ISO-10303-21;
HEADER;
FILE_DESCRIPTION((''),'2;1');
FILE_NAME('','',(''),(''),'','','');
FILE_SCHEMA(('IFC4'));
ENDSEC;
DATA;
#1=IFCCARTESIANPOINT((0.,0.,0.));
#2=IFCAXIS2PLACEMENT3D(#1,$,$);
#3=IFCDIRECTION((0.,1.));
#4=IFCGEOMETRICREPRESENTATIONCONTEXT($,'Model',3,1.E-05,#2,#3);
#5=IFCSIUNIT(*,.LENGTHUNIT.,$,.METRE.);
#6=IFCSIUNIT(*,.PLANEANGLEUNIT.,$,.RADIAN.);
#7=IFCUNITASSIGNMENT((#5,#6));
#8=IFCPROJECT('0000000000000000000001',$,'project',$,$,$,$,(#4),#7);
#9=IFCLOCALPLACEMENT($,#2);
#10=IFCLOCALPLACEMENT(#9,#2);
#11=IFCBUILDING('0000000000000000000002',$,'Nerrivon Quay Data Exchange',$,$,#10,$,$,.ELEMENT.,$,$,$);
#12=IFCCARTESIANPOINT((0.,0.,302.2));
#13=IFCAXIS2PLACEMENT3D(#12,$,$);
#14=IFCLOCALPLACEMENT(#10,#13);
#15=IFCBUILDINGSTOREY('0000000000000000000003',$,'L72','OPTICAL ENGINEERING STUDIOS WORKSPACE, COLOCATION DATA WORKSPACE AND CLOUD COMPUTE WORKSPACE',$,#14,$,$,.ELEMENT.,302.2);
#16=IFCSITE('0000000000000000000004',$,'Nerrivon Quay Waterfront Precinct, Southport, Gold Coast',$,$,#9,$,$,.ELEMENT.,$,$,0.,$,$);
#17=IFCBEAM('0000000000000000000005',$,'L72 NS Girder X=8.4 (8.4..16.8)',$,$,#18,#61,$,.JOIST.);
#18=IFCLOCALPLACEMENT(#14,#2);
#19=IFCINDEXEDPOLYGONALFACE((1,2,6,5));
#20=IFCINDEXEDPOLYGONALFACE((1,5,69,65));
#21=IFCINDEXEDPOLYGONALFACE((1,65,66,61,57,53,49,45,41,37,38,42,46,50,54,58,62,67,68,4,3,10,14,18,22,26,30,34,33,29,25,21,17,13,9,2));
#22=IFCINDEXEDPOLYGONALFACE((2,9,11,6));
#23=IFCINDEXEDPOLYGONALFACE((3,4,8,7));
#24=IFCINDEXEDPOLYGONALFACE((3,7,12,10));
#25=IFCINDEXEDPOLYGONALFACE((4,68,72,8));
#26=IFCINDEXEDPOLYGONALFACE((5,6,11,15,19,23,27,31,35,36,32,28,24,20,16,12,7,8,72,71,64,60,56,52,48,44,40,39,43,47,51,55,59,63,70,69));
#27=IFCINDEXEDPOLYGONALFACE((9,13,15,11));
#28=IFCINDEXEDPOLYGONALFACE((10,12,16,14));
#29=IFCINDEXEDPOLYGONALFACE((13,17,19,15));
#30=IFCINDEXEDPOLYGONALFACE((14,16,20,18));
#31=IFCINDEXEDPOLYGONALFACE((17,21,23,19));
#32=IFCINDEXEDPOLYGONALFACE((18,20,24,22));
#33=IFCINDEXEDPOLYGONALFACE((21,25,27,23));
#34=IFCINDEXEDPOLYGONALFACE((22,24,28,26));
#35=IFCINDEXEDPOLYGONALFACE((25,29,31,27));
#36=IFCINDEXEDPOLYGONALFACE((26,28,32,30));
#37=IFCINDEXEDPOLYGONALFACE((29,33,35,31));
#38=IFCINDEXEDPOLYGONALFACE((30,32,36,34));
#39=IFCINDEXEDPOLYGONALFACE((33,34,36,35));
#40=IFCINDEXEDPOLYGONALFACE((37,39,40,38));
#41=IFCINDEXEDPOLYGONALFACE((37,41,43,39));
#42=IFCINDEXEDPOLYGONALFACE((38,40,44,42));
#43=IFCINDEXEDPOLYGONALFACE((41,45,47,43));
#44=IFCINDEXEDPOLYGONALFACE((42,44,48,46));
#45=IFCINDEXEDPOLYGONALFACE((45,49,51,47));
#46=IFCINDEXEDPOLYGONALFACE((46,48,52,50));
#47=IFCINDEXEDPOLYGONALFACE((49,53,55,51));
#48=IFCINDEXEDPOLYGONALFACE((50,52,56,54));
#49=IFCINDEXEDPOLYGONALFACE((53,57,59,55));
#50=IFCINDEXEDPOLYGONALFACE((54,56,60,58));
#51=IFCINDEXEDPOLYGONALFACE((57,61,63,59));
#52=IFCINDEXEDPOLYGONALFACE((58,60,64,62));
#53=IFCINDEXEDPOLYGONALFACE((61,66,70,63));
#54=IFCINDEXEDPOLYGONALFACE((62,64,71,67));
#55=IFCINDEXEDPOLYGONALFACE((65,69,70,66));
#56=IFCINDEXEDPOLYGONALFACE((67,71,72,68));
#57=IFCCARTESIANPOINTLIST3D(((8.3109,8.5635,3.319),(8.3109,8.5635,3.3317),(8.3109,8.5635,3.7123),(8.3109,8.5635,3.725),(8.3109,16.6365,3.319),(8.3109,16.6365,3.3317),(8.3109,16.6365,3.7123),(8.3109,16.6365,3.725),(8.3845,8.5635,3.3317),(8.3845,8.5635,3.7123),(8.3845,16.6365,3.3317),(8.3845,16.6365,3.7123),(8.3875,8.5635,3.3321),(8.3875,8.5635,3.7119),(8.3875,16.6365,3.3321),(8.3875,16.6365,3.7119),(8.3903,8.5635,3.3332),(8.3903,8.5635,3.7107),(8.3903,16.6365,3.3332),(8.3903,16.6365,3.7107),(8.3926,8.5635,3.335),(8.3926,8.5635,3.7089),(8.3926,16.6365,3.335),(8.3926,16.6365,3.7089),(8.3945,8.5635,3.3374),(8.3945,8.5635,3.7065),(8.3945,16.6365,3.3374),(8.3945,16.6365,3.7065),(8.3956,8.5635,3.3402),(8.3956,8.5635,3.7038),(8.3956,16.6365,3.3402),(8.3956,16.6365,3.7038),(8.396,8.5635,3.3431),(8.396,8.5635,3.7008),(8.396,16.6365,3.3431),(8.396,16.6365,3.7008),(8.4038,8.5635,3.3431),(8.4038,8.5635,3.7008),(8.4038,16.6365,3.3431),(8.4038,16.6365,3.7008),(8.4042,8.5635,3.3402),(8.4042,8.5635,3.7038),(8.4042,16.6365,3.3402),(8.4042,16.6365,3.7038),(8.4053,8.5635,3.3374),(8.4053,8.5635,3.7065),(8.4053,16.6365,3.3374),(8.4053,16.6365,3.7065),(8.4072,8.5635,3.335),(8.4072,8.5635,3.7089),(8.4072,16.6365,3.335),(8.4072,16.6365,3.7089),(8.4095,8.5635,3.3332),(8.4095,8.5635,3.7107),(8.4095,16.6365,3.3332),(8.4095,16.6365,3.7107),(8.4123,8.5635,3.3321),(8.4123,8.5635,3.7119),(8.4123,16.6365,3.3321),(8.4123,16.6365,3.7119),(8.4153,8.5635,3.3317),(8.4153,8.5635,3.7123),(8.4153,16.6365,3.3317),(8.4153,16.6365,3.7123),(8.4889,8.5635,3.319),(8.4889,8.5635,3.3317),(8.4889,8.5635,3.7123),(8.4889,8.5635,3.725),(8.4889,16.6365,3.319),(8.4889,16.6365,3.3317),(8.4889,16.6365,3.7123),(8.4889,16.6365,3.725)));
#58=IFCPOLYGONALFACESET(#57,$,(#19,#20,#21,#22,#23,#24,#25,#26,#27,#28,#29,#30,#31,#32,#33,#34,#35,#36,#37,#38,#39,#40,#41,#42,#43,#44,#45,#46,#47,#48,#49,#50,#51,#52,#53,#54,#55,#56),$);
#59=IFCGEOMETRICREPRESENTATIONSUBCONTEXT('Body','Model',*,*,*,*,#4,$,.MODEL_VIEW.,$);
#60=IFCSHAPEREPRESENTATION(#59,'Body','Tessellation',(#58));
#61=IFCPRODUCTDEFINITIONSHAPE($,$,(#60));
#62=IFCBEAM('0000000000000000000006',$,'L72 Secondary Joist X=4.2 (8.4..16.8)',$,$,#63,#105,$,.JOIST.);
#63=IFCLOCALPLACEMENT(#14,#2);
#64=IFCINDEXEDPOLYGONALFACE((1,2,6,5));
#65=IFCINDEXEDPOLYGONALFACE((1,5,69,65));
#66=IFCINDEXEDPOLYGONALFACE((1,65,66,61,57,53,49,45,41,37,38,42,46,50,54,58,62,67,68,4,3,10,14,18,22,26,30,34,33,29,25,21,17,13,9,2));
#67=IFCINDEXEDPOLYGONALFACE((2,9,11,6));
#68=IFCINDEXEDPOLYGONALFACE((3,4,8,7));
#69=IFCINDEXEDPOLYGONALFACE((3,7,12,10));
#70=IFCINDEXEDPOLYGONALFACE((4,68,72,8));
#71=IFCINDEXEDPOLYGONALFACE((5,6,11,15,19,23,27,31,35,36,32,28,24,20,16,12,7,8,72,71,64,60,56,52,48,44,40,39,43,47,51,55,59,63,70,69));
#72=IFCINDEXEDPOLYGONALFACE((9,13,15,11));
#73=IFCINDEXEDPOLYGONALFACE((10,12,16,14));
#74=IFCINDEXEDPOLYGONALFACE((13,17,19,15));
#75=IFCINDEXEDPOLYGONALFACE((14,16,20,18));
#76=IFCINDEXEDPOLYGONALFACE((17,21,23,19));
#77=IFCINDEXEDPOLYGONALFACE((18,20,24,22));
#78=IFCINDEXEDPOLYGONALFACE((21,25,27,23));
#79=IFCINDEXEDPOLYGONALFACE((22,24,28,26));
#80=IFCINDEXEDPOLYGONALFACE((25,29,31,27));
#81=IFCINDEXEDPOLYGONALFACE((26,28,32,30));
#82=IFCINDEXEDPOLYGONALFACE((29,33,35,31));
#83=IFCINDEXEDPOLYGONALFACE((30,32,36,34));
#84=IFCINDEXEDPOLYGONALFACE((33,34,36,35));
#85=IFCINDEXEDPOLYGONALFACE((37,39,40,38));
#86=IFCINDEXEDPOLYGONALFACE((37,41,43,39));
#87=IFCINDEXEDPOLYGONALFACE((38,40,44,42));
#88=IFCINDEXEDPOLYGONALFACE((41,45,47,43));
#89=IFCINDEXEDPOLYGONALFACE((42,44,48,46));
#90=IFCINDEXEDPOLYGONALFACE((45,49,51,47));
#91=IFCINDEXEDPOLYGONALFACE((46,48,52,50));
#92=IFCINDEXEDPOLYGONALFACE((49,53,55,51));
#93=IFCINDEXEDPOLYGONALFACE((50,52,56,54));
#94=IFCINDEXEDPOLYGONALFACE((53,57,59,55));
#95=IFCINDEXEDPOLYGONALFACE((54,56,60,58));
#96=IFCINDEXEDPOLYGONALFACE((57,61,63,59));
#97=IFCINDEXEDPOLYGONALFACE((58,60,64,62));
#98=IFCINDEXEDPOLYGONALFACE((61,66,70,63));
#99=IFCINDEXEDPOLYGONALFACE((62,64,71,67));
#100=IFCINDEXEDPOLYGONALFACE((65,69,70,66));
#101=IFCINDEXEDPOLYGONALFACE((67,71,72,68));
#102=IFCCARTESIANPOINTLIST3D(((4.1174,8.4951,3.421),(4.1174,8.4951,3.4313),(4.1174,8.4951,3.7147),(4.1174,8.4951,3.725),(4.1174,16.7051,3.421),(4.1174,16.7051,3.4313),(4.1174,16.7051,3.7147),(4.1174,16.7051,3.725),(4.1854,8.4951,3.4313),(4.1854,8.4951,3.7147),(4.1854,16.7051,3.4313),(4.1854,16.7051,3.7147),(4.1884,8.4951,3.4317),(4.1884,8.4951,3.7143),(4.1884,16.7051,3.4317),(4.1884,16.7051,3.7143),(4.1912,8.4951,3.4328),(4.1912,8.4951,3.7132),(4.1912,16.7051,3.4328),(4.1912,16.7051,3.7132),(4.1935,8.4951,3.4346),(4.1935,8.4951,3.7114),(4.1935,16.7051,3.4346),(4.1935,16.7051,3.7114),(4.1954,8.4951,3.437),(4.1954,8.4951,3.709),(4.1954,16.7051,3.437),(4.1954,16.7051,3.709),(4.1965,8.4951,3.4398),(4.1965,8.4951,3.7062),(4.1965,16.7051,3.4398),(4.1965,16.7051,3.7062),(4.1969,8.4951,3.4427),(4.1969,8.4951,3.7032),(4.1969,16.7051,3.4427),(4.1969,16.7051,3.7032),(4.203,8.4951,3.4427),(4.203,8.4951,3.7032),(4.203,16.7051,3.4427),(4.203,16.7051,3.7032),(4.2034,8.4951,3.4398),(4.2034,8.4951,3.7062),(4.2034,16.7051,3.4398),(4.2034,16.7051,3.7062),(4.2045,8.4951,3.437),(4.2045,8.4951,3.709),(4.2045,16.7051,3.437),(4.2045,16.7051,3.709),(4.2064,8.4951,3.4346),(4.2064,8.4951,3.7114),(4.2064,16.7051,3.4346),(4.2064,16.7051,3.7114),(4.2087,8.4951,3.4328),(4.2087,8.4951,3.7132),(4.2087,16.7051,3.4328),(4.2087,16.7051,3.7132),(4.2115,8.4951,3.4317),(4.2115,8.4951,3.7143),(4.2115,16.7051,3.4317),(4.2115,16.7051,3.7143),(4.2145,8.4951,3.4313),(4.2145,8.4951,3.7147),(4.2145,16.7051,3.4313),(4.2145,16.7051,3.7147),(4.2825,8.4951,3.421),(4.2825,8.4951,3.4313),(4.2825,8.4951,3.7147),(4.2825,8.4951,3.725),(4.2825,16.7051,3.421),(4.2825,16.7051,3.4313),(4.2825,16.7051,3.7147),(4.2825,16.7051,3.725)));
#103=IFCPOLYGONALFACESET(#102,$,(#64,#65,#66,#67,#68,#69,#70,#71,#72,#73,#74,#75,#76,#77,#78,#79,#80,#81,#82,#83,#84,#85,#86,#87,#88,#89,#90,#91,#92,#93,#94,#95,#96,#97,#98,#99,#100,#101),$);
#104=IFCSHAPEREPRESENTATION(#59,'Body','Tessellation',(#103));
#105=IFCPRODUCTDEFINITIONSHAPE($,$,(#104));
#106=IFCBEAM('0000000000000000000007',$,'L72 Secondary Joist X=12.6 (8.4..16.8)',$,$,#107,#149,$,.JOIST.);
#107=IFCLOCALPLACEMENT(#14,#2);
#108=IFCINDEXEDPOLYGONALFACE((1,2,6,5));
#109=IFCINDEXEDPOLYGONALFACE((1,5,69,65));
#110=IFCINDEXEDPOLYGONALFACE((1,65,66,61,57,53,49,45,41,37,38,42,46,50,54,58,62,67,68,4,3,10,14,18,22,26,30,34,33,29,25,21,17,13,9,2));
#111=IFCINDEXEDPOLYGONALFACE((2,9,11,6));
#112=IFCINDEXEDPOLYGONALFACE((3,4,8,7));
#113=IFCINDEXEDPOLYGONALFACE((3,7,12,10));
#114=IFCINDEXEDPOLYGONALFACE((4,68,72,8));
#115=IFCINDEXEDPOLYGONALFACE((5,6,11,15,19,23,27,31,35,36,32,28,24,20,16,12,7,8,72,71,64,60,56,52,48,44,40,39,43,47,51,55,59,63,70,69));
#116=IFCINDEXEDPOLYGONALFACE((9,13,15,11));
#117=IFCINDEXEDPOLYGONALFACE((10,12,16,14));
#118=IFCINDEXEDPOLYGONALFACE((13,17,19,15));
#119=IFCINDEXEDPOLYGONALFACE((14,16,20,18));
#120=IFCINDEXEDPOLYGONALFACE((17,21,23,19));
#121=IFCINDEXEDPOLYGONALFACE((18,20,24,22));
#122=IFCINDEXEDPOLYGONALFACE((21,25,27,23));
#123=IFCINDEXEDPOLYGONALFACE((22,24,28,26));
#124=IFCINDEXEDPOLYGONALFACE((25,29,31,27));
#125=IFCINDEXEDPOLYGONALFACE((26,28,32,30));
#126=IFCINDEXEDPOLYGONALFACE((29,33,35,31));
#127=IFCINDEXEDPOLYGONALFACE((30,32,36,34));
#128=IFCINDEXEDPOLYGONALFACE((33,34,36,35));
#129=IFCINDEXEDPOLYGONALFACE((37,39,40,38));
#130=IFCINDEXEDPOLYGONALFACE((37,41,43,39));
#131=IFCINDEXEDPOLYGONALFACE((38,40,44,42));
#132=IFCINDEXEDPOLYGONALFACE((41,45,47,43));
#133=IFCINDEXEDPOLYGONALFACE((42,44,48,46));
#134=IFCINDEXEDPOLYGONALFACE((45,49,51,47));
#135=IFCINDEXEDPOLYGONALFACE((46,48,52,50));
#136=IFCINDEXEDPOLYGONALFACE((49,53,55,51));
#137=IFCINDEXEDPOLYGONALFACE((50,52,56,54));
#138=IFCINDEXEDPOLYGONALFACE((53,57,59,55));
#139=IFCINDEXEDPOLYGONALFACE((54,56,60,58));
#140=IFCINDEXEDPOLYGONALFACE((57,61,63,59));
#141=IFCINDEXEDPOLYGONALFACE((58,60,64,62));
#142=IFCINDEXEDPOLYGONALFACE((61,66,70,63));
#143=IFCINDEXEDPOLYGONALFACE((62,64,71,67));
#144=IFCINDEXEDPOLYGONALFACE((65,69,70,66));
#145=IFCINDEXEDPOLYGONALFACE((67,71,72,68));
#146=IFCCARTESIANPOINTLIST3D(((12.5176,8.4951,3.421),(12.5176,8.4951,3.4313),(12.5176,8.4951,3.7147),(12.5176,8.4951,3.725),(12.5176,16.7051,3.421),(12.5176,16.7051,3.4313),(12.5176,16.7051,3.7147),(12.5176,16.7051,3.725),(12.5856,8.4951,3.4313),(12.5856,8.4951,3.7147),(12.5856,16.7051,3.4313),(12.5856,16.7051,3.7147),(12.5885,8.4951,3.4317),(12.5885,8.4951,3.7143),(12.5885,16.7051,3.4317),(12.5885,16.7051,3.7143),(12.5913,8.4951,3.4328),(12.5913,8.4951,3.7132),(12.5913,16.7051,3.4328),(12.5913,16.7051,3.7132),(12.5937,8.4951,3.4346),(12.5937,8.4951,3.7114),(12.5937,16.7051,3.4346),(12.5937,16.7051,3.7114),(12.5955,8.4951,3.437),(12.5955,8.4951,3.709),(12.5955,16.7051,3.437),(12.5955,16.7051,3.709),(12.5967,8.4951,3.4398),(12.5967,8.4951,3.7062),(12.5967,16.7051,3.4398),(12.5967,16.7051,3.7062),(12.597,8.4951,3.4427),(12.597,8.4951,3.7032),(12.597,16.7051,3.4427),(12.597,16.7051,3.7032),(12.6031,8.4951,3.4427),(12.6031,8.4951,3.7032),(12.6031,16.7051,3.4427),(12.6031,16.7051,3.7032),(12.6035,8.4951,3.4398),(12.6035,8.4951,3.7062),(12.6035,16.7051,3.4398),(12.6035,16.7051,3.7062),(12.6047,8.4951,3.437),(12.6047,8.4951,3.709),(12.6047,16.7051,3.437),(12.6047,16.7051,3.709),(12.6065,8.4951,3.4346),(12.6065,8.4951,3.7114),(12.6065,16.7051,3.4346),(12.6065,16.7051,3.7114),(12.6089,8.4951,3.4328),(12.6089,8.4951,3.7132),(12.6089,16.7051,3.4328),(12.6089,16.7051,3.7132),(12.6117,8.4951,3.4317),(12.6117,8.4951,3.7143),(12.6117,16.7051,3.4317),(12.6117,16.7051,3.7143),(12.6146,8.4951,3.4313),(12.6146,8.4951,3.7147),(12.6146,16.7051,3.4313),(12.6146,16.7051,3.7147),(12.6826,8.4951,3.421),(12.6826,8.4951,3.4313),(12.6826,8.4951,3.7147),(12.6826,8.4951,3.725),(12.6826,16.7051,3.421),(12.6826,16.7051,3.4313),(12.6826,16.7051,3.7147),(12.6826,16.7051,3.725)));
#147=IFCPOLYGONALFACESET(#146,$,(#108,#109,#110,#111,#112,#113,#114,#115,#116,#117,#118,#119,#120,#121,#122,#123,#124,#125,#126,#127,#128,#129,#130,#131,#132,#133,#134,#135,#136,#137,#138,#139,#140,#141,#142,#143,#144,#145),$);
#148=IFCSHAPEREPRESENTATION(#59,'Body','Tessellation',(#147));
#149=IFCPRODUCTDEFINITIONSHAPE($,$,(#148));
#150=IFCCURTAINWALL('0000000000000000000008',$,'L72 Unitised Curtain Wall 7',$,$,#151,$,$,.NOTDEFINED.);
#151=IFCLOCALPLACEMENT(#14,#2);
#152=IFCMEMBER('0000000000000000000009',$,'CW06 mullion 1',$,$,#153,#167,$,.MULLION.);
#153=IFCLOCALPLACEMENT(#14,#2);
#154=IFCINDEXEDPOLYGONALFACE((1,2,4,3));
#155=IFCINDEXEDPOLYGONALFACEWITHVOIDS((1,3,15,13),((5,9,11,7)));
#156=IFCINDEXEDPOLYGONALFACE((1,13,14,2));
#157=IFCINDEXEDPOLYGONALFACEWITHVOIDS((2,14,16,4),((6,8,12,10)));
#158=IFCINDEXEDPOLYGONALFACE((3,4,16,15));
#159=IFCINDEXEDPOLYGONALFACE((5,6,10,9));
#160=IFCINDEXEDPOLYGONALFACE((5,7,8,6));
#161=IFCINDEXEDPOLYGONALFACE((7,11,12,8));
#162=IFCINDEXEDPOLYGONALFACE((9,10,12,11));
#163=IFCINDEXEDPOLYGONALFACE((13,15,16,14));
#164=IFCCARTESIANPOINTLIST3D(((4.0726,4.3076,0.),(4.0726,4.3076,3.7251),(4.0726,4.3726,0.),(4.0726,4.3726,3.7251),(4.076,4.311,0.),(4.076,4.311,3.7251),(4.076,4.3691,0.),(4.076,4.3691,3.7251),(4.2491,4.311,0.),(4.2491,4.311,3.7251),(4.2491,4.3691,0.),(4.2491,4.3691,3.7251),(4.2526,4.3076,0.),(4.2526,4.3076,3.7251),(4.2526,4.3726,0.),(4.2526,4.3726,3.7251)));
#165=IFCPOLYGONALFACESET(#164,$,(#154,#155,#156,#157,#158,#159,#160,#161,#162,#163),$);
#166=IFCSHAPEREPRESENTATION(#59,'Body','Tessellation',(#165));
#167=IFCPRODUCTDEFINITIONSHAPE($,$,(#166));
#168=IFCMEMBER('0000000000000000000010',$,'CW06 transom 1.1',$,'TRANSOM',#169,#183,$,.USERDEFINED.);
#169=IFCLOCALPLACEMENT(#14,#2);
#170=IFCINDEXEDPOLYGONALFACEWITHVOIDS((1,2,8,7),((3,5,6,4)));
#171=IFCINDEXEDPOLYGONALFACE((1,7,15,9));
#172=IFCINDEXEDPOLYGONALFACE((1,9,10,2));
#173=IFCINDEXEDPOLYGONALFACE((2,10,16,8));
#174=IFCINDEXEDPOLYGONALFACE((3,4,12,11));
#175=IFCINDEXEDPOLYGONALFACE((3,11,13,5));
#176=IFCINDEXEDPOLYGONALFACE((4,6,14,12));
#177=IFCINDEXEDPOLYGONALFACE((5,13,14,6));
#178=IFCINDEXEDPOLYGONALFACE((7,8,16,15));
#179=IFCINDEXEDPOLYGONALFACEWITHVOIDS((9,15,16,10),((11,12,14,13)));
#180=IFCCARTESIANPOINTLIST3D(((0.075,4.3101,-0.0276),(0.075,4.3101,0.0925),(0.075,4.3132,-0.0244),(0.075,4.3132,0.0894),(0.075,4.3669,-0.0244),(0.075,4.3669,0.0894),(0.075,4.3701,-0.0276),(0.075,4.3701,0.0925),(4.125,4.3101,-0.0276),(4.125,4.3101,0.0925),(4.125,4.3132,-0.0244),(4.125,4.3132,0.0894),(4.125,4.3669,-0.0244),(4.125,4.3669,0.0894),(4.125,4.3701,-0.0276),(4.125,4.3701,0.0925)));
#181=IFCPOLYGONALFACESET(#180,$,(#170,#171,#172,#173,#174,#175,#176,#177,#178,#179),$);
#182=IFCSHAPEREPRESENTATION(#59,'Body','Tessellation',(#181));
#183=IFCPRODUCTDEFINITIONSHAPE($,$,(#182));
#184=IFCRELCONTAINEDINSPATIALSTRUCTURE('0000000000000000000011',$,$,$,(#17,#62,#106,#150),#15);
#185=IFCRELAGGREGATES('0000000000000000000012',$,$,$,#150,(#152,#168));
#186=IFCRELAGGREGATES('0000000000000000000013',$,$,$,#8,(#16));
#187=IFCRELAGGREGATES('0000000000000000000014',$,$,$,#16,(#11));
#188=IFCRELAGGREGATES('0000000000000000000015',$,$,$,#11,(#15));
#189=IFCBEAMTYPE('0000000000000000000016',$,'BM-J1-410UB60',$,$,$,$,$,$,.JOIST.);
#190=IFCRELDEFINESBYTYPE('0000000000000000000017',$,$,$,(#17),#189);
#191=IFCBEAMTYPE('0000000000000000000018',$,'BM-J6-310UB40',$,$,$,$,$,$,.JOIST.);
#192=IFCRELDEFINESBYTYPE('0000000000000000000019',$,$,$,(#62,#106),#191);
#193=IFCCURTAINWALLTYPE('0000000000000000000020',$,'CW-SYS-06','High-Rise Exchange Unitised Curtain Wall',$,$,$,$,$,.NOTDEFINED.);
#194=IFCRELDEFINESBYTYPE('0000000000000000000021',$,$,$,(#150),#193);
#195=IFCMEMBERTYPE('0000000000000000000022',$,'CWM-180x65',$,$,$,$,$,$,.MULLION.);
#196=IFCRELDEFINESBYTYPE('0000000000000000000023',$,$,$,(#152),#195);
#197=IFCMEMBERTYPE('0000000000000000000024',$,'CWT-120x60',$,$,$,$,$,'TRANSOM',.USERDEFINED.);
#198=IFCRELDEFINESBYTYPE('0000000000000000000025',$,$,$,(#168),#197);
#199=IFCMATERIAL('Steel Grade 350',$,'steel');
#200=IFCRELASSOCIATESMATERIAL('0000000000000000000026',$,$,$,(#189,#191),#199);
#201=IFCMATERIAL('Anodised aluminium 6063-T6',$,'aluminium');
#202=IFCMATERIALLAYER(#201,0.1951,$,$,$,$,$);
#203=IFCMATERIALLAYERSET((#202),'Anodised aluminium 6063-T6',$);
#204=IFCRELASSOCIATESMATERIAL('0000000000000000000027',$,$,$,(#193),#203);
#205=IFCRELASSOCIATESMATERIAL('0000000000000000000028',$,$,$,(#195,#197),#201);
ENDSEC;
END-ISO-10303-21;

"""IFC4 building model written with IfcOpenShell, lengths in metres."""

from ifc_helpers import new_model, si_unit, direction, frame, origin, origin_2d, place, context, subcontext, project, spatial, hollow_rectangle, i_section, extrude, material, layer, layer_set, material_profile, profile_set, type_object, element, aggregate, save


model = new_model("IFC4")

# Units and contexts
model_context = context("Model", 3, precision=1e-05, world=origin(), true_north=direction((0.0, 1.0)))
body_context = subcontext(model_context, "Body", "Model", "MODEL_VIEW")
ifc_project = project(units=[si_unit("LENGTHUNIT", "METRE"), si_unit("PLANEANGLEUNIT", "RADIAN")], contexts=[model_context])

# Site, building, storey
site_placement = place(None, origin())
site = spatial("IfcSite", under=ifc_project, at=site_placement, Name="Nerrivon Quay Waterfront Precinct, Southport, Gold Coast", CompositionType="ELEMENT", RefElevation=0.0)
building_placement = place(site_placement, origin())
building = spatial("IfcBuilding", under=site, at=building_placement, Name="Nerrivon Quay Data Exchange", CompositionType="ELEMENT")
storey_placement = place(building_placement, frame((0.0, 0.0, 302.2)))
storey = spatial("IfcBuildingStorey", under=building, at=storey_placement, Name="L72", Description="OPTICAL ENGINEERING STUDIOS WORKSPACE, COLOCATION DATA WORKSPACE AND CLOUD COMPUTE WORKSPACE", CompositionType="ELEMENT", Elevation=302.2)

# Shared definitions
ifc_material_1 = material(Name="Steel Grade 350", Category="steel")

# Beams
ifc_material_profile_1 = material_profile(ifc_material_1, i_section(OverallWidth=0.178, OverallDepth=0.406, WebThickness=0.0078, FlangeThickness=0.0127, FilletRadius=0.0115, at=origin_2d()), Name="410UB59.7")
ifc_profile_set_1 = profile_set([ifc_material_profile_1], Name="Steel Grade 350")
beam_type_1 = type_object("IfcBeamType", Name="BM-J1-410UB60", PredefinedType="JOIST", material=ifc_profile_set_1)
beam_placement = place(storey_placement, frame((8.3999, 8.5635, 3.522), z_axis=(0.0, 1.0, 0.0), x_axis=(-1.0, 0.0, 0.0)))
element("IfcBeam", 1, at=beam_placement, inside=storey, type_object=beam_type_1, Name="L72 NS Girder X=8.4 (8.4..16.8)", PredefinedType="JOIST", context=body_context, shape_type="SweptSolid", body=[
    extrude(i_section(OverallWidth=0.178, OverallDepth=0.406, WebThickness=0.0078, FlangeThickness=0.0127, FilletRadius=0.0115, at=origin_2d()), origin(), (0.0, 0.0, 1.0), 8.073),
])
ifc_material_profile_2 = material_profile(ifc_material_1, i_section(OverallWidth=0.165, OverallDepth=0.304, WebThickness=0.0061, FlangeThickness=0.0103, FilletRadius=0.0115, at=origin_2d()), Name="310UB40.4")
ifc_profile_set_2 = profile_set([ifc_material_profile_2], Name="Steel Grade 350")
beam_type_2 = type_object("IfcBeamType", Name="BM-J6-310UB40", PredefinedType="JOIST", material=ifc_profile_set_2)
for number, where, z_axis, x_axis, name in (
    (2, (4.2, 8.4951, 3.573), (0.0, 1.0, 0.0), (-1.0, 0.0, 0.0), "L72 Secondary Joist X=4.2 (8.4..16.8)"),
    (3, (12.6001, 8.4951, 3.573), (0.0, 1.0, 0.0), (-1.0, 0.0, 0.0), "L72 Secondary Joist X=12.6 (8.4..16.8)"),
):
    element("IfcBeam", number, at=place(storey_placement, frame(where, z_axis=z_axis, x_axis=x_axis)), inside=storey, type_object=beam_type_2, Name=name, PredefinedType="JOIST", context=body_context, shape_type="SweptSolid", body=[
        extrude(i_section(OverallWidth=0.165, OverallDepth=0.304, WebThickness=0.0061, FlangeThickness=0.0103, FilletRadius=0.0115, at=origin_2d()), origin(), (0.0, 0.0, 1.0), 8.21),
    ])

# Curtain wall, members
ifc_material_2 = material(Name="Anodised aluminium 6063-T6", Category="aluminium")
ifc_layer_1 = layer(ifc_material_2, 0.1951)
ifc_layer_set_1 = layer_set([ifc_layer_1], Name="Anodised aluminium 6063-T6")
curtain_wall_type = type_object("IfcCurtainWallType", Name="CW-SYS-06", Description="High-Rise Exchange Unitised Curtain Wall", PredefinedType="NOTDEFINED", material=ifc_layer_set_1)
curtain_wall_placement = place(storey_placement, origin())
curtain_wall = element("IfcCurtainWall", 4, at=curtain_wall_placement, inside=storey, type_object=curtain_wall_type, Name="L72 Unitised Curtain Wall 7", PredefinedType="NOTDEFINED")
ifc_material_profile_3 = material_profile(ifc_material_2, hollow_rectangle(XDim=0.0649, YDim=0.1799, WallThickness=0.0034, at=origin_2d()), Name="ALU-MULL-180x65")
ifc_profile_set_3 = profile_set([ifc_material_profile_3], Name="Anodised aluminium 6063-T6")
member_type_1 = type_object("IfcMemberType", Name="CWM-180x65", PredefinedType="MULLION", material=ifc_profile_set_3)
member_1_placement = place(storey_placement, frame((4.1626, 4.3401, 0.0), z_axis=(0.0, 0.0, 1.0), x_axis=(0.0, -1.0, 0.0)))
member_1 = element("IfcMember", 5, at=member_1_placement, type_object=member_type_1, Name="CW06 mullion 1", PredefinedType="MULLION", context=body_context, shape_type="SweptSolid", body=[
    extrude(hollow_rectangle(XDim=0.0649, YDim=0.1799, WallThickness=0.0034, at=origin_2d()), origin(), (0.0, 0.0, 1.0), 3.7251),
])
ifc_material_profile_4 = material_profile(ifc_material_2, hollow_rectangle(XDim=0.0601, YDim=0.1201, WallThickness=0.0032, at=origin_2d()), Name="ALU-TRAN-120x60")
ifc_profile_set_4 = profile_set([ifc_material_profile_4], Name="Anodised aluminium 6063-T6")
member_type_2 = type_object("IfcMemberType", Name="CWT-120x60", ElementType="TRANSOM", PredefinedType="USERDEFINED", material=ifc_profile_set_4)
member_2_placement = place(storey_placement, frame((4.125, 4.3401, 0.0325), z_axis=(-1.0, 0.0, 0.0), x_axis=(0.0, -1.0, 0.0)))
member_2 = element("IfcMember", 6, at=member_2_placement, type_object=member_type_2, Name="CW06 transom 1.1", ObjectType="TRANSOM", PredefinedType="USERDEFINED", context=body_context, shape_type="SweptSolid", body=[
    extrude(hollow_rectangle(XDim=0.0601, YDim=0.1201, WallThickness=0.0032, at=origin_2d()), origin(), (0.0, 0.0, 1.0), 4.05),
])
aggregate(curtain_wall, [member_1, member_2])

save(model, "model.ifc")
